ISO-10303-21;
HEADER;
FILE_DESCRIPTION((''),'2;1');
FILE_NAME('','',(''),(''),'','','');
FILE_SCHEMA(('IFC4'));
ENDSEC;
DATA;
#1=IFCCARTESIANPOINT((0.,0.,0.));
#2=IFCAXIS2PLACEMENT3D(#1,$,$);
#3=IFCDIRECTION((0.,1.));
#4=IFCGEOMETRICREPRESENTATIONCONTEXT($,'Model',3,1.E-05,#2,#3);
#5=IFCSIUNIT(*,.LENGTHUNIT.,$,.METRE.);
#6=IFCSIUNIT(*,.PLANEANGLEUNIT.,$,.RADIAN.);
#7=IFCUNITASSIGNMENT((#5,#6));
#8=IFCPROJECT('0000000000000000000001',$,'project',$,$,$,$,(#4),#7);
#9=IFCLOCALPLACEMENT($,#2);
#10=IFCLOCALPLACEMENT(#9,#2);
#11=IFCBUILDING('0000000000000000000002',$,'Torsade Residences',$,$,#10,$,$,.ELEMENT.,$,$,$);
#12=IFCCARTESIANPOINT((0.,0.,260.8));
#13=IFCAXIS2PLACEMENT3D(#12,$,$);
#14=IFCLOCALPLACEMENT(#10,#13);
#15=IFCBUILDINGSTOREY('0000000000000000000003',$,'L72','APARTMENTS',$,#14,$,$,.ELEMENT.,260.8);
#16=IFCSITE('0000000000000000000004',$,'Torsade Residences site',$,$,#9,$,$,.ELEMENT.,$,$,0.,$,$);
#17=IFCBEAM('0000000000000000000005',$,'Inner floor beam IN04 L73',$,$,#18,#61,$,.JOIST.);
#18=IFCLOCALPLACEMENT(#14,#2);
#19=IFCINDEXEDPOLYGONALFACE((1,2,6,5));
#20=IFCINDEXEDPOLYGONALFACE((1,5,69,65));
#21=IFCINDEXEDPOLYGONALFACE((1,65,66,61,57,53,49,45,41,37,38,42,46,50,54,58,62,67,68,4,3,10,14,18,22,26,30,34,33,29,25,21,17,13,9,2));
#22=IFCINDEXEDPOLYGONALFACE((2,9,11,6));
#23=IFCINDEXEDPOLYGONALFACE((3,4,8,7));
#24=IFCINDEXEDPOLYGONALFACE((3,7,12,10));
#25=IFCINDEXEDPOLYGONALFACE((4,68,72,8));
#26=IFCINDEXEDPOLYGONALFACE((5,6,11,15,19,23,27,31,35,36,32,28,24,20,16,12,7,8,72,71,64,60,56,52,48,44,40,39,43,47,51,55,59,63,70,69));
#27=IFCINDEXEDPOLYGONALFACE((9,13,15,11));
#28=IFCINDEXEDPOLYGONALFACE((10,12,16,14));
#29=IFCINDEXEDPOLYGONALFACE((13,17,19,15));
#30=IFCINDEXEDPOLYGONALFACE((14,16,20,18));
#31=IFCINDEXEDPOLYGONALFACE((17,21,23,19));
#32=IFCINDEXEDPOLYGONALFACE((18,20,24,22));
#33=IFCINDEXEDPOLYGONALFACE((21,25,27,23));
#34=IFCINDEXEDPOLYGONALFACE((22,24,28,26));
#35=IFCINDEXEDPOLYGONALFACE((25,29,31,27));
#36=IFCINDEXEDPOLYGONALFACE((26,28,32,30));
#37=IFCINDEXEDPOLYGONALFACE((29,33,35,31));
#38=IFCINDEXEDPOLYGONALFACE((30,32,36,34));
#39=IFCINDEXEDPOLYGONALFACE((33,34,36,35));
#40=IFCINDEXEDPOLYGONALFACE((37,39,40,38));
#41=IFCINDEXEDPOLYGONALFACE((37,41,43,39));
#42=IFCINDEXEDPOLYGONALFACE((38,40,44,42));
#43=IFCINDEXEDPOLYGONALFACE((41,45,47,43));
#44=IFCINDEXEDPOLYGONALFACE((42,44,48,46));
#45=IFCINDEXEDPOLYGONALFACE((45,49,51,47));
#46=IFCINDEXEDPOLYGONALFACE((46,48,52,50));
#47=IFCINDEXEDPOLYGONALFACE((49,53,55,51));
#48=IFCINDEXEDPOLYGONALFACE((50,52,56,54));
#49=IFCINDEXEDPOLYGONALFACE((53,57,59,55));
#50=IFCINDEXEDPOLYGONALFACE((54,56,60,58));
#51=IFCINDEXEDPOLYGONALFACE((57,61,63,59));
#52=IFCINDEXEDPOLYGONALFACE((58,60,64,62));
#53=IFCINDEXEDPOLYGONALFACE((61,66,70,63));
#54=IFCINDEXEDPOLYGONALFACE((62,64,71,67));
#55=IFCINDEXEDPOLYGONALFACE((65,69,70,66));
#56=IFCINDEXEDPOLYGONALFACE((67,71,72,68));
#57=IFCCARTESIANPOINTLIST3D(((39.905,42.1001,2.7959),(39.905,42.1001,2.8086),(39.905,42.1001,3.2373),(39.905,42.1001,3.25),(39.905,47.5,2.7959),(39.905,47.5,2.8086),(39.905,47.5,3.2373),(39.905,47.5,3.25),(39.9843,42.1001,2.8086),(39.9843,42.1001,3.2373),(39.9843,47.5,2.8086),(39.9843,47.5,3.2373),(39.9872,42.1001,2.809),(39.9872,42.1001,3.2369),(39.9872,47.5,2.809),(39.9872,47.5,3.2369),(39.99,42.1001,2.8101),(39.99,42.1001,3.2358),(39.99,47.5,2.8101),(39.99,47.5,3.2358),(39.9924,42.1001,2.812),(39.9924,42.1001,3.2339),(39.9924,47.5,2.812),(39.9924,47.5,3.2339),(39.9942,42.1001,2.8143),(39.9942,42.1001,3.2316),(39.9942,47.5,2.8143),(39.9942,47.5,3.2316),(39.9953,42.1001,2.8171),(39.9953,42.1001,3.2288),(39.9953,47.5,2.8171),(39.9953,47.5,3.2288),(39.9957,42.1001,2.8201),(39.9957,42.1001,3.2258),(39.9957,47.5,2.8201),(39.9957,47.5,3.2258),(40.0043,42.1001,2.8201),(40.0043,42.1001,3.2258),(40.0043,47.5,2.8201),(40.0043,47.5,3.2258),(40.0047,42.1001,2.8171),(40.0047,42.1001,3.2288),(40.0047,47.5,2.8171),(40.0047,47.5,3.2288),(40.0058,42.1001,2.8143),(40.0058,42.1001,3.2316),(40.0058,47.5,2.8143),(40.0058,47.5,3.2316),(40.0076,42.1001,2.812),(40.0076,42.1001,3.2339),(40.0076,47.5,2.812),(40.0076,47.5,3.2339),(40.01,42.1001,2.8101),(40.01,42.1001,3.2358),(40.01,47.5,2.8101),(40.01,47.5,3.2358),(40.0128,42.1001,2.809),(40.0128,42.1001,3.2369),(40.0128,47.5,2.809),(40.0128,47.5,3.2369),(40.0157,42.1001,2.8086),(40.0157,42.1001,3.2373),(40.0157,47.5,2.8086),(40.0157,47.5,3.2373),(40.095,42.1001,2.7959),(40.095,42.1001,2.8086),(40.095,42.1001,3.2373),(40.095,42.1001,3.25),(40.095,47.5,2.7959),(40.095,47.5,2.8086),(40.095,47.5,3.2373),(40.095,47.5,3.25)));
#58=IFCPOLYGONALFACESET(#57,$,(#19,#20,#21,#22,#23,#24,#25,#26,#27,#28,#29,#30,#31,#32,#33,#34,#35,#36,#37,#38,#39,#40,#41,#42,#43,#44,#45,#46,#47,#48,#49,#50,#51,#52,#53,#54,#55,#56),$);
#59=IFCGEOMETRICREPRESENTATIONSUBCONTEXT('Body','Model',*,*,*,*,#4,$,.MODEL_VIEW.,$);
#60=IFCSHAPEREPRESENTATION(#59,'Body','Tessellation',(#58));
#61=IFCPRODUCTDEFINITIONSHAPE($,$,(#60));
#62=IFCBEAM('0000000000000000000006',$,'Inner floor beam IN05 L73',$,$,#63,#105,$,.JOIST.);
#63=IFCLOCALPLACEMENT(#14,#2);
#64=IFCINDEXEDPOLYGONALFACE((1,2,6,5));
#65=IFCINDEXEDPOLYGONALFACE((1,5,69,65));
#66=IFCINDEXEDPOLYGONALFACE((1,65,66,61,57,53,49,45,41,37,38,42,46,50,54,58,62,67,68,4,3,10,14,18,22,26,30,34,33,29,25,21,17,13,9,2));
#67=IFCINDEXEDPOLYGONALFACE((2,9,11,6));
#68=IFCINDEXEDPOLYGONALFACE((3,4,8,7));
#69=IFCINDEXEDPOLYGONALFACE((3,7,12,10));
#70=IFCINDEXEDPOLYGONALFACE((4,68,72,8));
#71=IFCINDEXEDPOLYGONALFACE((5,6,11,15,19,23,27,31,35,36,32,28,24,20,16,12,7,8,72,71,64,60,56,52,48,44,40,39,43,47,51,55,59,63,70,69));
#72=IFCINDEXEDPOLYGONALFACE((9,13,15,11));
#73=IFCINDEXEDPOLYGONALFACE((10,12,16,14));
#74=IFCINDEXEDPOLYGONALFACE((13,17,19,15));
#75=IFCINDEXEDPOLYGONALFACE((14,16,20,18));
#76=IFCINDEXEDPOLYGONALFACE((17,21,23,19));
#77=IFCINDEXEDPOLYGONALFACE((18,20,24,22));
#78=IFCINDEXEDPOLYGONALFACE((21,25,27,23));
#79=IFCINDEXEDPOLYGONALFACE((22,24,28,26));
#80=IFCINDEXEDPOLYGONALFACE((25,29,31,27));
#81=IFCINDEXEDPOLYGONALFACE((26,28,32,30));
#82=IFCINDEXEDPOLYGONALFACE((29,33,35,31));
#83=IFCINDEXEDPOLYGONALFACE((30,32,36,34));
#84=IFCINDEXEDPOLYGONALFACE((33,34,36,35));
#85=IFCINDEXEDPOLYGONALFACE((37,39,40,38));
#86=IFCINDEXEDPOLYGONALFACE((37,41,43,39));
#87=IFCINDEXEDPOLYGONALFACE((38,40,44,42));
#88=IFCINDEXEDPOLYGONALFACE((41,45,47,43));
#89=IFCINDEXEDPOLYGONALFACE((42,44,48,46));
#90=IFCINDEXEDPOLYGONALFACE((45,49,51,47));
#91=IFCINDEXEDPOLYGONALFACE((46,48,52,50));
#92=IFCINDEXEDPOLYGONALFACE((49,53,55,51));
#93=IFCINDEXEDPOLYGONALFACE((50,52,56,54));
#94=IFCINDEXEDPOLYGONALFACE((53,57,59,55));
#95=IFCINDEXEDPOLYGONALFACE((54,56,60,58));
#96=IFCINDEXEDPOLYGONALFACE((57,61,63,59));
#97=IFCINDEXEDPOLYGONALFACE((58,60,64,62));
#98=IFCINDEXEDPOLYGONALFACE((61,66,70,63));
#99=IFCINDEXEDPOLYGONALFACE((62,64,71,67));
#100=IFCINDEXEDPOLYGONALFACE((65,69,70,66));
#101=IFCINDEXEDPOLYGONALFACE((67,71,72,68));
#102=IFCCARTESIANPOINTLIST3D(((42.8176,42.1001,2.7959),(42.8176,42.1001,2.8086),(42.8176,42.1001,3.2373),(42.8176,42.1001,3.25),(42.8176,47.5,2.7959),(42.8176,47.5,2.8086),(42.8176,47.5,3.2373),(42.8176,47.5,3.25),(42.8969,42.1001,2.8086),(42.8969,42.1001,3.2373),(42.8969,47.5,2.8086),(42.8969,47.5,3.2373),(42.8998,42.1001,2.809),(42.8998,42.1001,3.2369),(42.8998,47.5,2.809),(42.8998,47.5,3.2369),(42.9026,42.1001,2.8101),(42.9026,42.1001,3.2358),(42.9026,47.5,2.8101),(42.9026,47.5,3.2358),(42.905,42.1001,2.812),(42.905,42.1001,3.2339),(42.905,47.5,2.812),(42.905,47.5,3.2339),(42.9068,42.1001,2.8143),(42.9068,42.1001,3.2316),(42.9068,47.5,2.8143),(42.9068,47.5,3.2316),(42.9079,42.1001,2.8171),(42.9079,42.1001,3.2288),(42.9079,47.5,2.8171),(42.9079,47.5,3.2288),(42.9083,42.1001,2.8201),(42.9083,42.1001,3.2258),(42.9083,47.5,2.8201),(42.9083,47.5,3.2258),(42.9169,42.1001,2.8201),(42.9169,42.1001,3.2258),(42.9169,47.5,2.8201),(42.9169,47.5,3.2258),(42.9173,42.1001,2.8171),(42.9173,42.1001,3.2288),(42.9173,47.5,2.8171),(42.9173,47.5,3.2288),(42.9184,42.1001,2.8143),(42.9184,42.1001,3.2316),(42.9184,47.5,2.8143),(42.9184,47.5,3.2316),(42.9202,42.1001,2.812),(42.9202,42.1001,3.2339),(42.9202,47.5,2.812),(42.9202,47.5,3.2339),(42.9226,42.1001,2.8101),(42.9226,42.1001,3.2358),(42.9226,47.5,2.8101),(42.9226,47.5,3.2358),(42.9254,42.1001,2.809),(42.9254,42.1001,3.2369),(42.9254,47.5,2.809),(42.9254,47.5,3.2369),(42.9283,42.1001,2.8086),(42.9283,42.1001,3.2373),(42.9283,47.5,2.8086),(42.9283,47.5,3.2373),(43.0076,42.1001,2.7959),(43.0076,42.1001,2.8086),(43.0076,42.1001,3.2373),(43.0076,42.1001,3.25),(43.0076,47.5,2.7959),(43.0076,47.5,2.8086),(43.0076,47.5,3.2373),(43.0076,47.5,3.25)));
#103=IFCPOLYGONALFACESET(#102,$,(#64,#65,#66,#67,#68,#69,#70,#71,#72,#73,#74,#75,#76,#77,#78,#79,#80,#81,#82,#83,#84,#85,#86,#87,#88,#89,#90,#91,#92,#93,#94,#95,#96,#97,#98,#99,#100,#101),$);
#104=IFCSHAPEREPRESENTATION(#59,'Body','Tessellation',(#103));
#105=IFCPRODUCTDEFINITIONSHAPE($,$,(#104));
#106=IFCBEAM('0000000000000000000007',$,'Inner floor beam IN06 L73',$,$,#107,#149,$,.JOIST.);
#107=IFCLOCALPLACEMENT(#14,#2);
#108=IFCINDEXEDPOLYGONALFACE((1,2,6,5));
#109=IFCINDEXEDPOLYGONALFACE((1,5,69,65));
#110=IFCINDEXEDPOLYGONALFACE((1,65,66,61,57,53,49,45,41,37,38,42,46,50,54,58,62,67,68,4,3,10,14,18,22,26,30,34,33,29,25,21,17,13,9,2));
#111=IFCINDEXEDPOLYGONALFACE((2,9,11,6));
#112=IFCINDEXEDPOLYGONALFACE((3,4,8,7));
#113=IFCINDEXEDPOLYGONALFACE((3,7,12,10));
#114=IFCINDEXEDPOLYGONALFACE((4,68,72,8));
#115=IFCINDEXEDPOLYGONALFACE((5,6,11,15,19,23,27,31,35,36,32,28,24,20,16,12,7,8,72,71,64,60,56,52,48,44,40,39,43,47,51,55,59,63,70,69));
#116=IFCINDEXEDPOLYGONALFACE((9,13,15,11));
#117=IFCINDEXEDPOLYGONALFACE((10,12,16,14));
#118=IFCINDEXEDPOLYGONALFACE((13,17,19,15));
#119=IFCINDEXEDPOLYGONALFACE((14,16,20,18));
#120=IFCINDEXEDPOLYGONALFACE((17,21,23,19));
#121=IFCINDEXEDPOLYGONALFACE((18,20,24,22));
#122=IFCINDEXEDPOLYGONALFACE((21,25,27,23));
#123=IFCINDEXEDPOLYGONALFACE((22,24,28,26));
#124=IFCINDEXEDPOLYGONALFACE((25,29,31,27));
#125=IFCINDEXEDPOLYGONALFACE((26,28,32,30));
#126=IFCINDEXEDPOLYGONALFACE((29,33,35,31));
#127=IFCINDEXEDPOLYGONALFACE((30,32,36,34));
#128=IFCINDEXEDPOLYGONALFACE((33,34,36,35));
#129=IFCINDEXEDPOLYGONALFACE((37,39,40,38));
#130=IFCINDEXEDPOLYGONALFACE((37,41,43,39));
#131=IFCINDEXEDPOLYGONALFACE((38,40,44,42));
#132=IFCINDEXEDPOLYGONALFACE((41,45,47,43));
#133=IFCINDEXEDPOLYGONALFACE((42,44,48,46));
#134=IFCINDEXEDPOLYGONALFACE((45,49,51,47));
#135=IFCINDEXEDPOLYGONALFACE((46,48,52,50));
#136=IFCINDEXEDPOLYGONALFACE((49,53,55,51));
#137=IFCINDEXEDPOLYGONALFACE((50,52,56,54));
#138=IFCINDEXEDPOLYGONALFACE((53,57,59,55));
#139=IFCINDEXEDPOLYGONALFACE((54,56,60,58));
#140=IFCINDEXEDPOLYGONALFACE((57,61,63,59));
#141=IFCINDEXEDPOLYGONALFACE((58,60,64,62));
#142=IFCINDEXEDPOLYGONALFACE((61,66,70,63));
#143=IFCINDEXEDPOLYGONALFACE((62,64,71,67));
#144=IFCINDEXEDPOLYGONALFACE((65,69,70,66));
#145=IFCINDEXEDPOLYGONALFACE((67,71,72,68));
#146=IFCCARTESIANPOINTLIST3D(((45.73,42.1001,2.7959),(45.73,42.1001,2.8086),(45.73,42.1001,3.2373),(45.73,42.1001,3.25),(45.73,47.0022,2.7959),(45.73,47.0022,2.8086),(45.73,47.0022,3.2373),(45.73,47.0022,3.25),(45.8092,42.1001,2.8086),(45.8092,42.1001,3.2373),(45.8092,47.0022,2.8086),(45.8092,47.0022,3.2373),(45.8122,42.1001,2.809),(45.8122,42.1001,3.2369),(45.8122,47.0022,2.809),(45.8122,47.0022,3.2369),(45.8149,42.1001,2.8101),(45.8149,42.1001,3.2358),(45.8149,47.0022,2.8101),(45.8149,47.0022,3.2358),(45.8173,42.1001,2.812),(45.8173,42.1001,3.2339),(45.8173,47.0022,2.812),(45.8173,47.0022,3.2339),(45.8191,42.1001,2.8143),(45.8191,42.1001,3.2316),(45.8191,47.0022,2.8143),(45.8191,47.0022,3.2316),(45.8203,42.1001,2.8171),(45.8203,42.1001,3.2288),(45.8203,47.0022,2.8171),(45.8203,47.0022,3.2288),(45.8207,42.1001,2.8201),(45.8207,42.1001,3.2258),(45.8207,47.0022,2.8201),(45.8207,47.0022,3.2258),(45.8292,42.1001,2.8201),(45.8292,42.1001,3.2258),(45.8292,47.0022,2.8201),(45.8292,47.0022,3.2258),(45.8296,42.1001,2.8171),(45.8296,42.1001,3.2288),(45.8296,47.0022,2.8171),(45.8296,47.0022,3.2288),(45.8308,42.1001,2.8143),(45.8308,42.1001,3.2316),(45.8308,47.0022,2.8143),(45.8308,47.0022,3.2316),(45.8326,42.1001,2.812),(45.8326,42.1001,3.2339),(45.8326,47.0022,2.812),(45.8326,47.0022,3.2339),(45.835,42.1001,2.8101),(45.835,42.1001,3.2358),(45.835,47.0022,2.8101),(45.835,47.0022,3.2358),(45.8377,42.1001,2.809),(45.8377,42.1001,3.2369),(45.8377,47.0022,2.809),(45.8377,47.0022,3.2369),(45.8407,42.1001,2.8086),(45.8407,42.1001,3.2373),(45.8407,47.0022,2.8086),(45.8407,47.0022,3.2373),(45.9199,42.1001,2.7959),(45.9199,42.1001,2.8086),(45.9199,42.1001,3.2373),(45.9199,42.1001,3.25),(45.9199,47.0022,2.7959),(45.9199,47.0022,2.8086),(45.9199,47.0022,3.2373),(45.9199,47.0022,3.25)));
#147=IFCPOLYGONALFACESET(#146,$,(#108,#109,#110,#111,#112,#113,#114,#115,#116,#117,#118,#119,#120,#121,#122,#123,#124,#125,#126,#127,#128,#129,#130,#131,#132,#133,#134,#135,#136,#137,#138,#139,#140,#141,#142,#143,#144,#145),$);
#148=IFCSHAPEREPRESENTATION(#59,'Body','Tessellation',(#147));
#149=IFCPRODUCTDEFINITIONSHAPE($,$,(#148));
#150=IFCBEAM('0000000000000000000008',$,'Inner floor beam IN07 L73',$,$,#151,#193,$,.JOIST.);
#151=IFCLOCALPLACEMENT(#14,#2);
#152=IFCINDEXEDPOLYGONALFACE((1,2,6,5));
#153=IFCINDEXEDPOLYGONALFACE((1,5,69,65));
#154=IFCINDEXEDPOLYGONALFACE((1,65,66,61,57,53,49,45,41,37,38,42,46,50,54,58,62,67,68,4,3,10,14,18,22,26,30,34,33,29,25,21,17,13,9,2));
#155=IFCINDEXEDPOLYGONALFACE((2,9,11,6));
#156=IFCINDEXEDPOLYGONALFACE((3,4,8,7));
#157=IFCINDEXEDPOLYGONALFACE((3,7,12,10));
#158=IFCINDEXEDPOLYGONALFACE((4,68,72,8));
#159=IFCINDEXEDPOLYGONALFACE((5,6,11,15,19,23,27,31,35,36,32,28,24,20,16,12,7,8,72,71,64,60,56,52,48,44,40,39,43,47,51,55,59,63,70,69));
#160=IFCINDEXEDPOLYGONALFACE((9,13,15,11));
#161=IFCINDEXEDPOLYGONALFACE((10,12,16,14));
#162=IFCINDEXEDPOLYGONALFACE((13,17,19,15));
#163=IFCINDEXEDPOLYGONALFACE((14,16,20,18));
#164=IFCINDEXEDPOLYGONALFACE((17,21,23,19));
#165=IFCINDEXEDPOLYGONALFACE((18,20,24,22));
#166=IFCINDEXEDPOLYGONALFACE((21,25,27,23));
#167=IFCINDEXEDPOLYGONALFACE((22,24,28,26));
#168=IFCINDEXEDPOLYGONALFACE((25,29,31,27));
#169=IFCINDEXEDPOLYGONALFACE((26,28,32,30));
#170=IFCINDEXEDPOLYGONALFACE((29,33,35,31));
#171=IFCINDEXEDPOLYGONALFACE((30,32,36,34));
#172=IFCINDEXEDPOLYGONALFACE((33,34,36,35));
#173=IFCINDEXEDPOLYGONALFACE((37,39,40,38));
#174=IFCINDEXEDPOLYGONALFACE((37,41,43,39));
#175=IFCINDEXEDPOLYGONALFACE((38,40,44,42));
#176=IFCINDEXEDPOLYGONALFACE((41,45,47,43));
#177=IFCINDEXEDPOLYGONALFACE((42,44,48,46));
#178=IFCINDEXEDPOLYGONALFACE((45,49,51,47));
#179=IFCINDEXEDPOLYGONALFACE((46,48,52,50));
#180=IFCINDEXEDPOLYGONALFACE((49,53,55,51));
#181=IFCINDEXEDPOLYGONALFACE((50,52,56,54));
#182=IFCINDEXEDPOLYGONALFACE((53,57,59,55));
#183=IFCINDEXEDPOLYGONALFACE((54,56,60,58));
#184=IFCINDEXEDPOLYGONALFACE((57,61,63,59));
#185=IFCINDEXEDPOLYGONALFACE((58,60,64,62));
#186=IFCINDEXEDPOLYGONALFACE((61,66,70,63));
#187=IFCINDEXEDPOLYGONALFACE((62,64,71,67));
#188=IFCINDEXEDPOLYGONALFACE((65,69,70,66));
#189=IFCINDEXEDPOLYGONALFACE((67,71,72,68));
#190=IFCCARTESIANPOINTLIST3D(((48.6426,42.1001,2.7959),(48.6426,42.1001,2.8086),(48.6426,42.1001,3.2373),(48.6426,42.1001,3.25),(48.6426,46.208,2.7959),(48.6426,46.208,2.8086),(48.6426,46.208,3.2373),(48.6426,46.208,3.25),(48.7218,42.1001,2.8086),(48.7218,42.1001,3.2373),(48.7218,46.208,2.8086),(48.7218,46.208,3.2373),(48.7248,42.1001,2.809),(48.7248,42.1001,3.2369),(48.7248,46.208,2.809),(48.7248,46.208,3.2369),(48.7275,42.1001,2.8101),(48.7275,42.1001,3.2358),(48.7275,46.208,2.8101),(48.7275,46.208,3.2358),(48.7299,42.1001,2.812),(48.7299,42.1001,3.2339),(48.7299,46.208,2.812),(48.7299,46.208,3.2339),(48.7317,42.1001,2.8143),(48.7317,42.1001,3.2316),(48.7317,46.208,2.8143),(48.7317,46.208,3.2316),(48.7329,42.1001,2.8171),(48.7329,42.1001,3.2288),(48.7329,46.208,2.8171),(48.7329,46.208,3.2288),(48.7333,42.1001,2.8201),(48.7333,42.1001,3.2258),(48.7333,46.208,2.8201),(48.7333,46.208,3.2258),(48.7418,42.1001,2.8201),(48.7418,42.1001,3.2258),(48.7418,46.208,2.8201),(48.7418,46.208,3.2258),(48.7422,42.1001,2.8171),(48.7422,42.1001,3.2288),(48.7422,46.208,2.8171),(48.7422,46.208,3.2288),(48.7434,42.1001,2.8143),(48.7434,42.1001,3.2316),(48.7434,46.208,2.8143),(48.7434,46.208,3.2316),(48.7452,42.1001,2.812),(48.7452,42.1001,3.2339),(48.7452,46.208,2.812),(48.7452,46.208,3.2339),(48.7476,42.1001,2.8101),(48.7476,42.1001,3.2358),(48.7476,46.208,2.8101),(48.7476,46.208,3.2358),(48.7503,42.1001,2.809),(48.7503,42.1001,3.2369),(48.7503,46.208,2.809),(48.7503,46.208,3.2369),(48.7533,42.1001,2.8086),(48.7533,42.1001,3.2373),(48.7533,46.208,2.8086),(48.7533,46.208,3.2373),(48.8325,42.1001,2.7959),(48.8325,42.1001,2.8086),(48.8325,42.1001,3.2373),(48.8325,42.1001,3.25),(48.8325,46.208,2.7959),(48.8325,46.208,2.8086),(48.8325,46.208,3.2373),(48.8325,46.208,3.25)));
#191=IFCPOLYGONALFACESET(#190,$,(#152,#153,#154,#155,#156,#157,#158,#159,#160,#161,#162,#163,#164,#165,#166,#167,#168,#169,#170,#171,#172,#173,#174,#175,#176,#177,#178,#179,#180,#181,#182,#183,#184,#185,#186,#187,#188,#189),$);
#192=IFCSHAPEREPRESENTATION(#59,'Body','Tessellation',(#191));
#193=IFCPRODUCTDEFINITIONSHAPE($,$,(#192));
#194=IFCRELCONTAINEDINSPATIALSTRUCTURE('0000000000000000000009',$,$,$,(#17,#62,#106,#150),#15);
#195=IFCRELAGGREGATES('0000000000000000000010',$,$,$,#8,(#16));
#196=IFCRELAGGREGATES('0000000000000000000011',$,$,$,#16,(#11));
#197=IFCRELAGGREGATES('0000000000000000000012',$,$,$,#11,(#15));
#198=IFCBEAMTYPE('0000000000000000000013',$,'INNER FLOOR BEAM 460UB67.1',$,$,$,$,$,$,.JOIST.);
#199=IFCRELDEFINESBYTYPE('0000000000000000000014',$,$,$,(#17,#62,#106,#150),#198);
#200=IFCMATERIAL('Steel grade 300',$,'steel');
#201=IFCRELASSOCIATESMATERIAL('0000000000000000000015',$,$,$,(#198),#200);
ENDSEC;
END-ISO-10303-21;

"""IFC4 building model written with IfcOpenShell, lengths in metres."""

from ifc_helpers import new_model, si_unit, direction, frame, origin, origin_2d, place, context, subcontext, project, spatial, i_section, extrude, material, material_profile, profile_set, type_object, element, save


model = new_model("IFC4")

# Units and contexts
model_context = context("Model", 3, precision=1e-05, world=origin(), true_north=direction((0.0, 1.0)))
body_context = subcontext(model_context, "Body", "Model", "MODEL_VIEW")
ifc_project = project(units=[si_unit("LENGTHUNIT", "METRE"), si_unit("PLANEANGLEUNIT", "RADIAN")], contexts=[model_context])

# Site, building, storey
site_placement = place(None, origin())
site = spatial("IfcSite", under=ifc_project, at=site_placement, Name="Torsade Residences site", CompositionType="ELEMENT", RefElevation=0.0)
building_placement = place(site_placement, origin())
building = spatial("IfcBuilding", under=site, at=building_placement, Name="Torsade Residences", CompositionType="ELEMENT")
storey_placement = place(building_placement, frame((0.0, 0.0, 260.8)))
storey = spatial("IfcBuildingStorey", under=building, at=storey_placement, Name="L72", Description="APARTMENTS", CompositionType="ELEMENT", Elevation=260.8)

# Beams
ifc_material_1 = material(Name="Steel grade 300", Category="steel")
ifc_material_profile = material_profile(ifc_material_1, i_section(OverallWidth=0.1899, OverallDepth=0.4541, WebThickness=0.0085, FlangeThickness=0.0127, FilletRadius=0.0115, at=origin_2d()), Name="460UB67.1")
ifc_profile_set = profile_set([ifc_material_profile], Name="Steel grade 300")
beam_type = type_object("IfcBeamType", Name="INNER FLOOR BEAM 460UB67.1", PredefinedType="JOIST", material=ifc_profile_set)
for number, where, z_axis, x_axis, name in (
    (1, (40.0, 42.1001, 3.0229), (0.0, 1.0, 0.0), (-1.0, 0.0, 0.0), "Inner floor beam IN04 L73"),
    (2, (42.9126, 42.1001, 3.0229), (0.0, 1.0, 0.0), (-1.0, 0.0, 0.0), "Inner floor beam IN05 L73"),
):
    element("IfcBeam", number, at=place(storey_placement, frame(where, z_axis=z_axis, x_axis=x_axis)), inside=storey, type_object=beam_type, Name=name, PredefinedType="JOIST", context=body_context, shape_type="SweptSolid", body=[
        extrude(i_section(OverallWidth=0.1899, OverallDepth=0.4541, WebThickness=0.0085, FlangeThickness=0.0127, FilletRadius=0.0115, at=origin_2d()), origin(), (0.0, 0.0, 1.0), 5.3999),
    ])
beam_1_placement = place(storey_placement, frame((45.825, 42.1001, 3.0229), z_axis=(0.0, 1.0, 0.0), x_axis=(-1.0, 0.0, 0.0)))
element("IfcBeam", 3, at=beam_1_placement, inside=storey, type_object=beam_type, Name="Inner floor beam IN06 L73", PredefinedType="JOIST", context=body_context, shape_type="SweptSolid", body=[
    extrude(i_section(OverallWidth=0.1899, OverallDepth=0.4541, WebThickness=0.0085, FlangeThickness=0.0127, FilletRadius=0.0115, at=origin_2d()), origin(), (0.0, 0.0, 1.0), 4.9021),
])
beam_2_placement = place(storey_placement, frame((48.7375, 42.1001, 3.0229), z_axis=(0.0, 1.0, 0.0), x_axis=(-1.0, 0.0, 0.0)))
element("IfcBeam", 4, at=beam_2_placement, inside=storey, type_object=beam_type, Name="Inner floor beam IN07 L73", PredefinedType="JOIST", context=body_context, shape_type="SweptSolid", body=[
    extrude(i_section(OverallWidth=0.1899, OverallDepth=0.4541, WebThickness=0.0085, FlangeThickness=0.0127, FilletRadius=0.0115, at=origin_2d()), origin(), (0.0, 0.0, 1.0), 4.1079),
])

save(model, "model.ifc")
